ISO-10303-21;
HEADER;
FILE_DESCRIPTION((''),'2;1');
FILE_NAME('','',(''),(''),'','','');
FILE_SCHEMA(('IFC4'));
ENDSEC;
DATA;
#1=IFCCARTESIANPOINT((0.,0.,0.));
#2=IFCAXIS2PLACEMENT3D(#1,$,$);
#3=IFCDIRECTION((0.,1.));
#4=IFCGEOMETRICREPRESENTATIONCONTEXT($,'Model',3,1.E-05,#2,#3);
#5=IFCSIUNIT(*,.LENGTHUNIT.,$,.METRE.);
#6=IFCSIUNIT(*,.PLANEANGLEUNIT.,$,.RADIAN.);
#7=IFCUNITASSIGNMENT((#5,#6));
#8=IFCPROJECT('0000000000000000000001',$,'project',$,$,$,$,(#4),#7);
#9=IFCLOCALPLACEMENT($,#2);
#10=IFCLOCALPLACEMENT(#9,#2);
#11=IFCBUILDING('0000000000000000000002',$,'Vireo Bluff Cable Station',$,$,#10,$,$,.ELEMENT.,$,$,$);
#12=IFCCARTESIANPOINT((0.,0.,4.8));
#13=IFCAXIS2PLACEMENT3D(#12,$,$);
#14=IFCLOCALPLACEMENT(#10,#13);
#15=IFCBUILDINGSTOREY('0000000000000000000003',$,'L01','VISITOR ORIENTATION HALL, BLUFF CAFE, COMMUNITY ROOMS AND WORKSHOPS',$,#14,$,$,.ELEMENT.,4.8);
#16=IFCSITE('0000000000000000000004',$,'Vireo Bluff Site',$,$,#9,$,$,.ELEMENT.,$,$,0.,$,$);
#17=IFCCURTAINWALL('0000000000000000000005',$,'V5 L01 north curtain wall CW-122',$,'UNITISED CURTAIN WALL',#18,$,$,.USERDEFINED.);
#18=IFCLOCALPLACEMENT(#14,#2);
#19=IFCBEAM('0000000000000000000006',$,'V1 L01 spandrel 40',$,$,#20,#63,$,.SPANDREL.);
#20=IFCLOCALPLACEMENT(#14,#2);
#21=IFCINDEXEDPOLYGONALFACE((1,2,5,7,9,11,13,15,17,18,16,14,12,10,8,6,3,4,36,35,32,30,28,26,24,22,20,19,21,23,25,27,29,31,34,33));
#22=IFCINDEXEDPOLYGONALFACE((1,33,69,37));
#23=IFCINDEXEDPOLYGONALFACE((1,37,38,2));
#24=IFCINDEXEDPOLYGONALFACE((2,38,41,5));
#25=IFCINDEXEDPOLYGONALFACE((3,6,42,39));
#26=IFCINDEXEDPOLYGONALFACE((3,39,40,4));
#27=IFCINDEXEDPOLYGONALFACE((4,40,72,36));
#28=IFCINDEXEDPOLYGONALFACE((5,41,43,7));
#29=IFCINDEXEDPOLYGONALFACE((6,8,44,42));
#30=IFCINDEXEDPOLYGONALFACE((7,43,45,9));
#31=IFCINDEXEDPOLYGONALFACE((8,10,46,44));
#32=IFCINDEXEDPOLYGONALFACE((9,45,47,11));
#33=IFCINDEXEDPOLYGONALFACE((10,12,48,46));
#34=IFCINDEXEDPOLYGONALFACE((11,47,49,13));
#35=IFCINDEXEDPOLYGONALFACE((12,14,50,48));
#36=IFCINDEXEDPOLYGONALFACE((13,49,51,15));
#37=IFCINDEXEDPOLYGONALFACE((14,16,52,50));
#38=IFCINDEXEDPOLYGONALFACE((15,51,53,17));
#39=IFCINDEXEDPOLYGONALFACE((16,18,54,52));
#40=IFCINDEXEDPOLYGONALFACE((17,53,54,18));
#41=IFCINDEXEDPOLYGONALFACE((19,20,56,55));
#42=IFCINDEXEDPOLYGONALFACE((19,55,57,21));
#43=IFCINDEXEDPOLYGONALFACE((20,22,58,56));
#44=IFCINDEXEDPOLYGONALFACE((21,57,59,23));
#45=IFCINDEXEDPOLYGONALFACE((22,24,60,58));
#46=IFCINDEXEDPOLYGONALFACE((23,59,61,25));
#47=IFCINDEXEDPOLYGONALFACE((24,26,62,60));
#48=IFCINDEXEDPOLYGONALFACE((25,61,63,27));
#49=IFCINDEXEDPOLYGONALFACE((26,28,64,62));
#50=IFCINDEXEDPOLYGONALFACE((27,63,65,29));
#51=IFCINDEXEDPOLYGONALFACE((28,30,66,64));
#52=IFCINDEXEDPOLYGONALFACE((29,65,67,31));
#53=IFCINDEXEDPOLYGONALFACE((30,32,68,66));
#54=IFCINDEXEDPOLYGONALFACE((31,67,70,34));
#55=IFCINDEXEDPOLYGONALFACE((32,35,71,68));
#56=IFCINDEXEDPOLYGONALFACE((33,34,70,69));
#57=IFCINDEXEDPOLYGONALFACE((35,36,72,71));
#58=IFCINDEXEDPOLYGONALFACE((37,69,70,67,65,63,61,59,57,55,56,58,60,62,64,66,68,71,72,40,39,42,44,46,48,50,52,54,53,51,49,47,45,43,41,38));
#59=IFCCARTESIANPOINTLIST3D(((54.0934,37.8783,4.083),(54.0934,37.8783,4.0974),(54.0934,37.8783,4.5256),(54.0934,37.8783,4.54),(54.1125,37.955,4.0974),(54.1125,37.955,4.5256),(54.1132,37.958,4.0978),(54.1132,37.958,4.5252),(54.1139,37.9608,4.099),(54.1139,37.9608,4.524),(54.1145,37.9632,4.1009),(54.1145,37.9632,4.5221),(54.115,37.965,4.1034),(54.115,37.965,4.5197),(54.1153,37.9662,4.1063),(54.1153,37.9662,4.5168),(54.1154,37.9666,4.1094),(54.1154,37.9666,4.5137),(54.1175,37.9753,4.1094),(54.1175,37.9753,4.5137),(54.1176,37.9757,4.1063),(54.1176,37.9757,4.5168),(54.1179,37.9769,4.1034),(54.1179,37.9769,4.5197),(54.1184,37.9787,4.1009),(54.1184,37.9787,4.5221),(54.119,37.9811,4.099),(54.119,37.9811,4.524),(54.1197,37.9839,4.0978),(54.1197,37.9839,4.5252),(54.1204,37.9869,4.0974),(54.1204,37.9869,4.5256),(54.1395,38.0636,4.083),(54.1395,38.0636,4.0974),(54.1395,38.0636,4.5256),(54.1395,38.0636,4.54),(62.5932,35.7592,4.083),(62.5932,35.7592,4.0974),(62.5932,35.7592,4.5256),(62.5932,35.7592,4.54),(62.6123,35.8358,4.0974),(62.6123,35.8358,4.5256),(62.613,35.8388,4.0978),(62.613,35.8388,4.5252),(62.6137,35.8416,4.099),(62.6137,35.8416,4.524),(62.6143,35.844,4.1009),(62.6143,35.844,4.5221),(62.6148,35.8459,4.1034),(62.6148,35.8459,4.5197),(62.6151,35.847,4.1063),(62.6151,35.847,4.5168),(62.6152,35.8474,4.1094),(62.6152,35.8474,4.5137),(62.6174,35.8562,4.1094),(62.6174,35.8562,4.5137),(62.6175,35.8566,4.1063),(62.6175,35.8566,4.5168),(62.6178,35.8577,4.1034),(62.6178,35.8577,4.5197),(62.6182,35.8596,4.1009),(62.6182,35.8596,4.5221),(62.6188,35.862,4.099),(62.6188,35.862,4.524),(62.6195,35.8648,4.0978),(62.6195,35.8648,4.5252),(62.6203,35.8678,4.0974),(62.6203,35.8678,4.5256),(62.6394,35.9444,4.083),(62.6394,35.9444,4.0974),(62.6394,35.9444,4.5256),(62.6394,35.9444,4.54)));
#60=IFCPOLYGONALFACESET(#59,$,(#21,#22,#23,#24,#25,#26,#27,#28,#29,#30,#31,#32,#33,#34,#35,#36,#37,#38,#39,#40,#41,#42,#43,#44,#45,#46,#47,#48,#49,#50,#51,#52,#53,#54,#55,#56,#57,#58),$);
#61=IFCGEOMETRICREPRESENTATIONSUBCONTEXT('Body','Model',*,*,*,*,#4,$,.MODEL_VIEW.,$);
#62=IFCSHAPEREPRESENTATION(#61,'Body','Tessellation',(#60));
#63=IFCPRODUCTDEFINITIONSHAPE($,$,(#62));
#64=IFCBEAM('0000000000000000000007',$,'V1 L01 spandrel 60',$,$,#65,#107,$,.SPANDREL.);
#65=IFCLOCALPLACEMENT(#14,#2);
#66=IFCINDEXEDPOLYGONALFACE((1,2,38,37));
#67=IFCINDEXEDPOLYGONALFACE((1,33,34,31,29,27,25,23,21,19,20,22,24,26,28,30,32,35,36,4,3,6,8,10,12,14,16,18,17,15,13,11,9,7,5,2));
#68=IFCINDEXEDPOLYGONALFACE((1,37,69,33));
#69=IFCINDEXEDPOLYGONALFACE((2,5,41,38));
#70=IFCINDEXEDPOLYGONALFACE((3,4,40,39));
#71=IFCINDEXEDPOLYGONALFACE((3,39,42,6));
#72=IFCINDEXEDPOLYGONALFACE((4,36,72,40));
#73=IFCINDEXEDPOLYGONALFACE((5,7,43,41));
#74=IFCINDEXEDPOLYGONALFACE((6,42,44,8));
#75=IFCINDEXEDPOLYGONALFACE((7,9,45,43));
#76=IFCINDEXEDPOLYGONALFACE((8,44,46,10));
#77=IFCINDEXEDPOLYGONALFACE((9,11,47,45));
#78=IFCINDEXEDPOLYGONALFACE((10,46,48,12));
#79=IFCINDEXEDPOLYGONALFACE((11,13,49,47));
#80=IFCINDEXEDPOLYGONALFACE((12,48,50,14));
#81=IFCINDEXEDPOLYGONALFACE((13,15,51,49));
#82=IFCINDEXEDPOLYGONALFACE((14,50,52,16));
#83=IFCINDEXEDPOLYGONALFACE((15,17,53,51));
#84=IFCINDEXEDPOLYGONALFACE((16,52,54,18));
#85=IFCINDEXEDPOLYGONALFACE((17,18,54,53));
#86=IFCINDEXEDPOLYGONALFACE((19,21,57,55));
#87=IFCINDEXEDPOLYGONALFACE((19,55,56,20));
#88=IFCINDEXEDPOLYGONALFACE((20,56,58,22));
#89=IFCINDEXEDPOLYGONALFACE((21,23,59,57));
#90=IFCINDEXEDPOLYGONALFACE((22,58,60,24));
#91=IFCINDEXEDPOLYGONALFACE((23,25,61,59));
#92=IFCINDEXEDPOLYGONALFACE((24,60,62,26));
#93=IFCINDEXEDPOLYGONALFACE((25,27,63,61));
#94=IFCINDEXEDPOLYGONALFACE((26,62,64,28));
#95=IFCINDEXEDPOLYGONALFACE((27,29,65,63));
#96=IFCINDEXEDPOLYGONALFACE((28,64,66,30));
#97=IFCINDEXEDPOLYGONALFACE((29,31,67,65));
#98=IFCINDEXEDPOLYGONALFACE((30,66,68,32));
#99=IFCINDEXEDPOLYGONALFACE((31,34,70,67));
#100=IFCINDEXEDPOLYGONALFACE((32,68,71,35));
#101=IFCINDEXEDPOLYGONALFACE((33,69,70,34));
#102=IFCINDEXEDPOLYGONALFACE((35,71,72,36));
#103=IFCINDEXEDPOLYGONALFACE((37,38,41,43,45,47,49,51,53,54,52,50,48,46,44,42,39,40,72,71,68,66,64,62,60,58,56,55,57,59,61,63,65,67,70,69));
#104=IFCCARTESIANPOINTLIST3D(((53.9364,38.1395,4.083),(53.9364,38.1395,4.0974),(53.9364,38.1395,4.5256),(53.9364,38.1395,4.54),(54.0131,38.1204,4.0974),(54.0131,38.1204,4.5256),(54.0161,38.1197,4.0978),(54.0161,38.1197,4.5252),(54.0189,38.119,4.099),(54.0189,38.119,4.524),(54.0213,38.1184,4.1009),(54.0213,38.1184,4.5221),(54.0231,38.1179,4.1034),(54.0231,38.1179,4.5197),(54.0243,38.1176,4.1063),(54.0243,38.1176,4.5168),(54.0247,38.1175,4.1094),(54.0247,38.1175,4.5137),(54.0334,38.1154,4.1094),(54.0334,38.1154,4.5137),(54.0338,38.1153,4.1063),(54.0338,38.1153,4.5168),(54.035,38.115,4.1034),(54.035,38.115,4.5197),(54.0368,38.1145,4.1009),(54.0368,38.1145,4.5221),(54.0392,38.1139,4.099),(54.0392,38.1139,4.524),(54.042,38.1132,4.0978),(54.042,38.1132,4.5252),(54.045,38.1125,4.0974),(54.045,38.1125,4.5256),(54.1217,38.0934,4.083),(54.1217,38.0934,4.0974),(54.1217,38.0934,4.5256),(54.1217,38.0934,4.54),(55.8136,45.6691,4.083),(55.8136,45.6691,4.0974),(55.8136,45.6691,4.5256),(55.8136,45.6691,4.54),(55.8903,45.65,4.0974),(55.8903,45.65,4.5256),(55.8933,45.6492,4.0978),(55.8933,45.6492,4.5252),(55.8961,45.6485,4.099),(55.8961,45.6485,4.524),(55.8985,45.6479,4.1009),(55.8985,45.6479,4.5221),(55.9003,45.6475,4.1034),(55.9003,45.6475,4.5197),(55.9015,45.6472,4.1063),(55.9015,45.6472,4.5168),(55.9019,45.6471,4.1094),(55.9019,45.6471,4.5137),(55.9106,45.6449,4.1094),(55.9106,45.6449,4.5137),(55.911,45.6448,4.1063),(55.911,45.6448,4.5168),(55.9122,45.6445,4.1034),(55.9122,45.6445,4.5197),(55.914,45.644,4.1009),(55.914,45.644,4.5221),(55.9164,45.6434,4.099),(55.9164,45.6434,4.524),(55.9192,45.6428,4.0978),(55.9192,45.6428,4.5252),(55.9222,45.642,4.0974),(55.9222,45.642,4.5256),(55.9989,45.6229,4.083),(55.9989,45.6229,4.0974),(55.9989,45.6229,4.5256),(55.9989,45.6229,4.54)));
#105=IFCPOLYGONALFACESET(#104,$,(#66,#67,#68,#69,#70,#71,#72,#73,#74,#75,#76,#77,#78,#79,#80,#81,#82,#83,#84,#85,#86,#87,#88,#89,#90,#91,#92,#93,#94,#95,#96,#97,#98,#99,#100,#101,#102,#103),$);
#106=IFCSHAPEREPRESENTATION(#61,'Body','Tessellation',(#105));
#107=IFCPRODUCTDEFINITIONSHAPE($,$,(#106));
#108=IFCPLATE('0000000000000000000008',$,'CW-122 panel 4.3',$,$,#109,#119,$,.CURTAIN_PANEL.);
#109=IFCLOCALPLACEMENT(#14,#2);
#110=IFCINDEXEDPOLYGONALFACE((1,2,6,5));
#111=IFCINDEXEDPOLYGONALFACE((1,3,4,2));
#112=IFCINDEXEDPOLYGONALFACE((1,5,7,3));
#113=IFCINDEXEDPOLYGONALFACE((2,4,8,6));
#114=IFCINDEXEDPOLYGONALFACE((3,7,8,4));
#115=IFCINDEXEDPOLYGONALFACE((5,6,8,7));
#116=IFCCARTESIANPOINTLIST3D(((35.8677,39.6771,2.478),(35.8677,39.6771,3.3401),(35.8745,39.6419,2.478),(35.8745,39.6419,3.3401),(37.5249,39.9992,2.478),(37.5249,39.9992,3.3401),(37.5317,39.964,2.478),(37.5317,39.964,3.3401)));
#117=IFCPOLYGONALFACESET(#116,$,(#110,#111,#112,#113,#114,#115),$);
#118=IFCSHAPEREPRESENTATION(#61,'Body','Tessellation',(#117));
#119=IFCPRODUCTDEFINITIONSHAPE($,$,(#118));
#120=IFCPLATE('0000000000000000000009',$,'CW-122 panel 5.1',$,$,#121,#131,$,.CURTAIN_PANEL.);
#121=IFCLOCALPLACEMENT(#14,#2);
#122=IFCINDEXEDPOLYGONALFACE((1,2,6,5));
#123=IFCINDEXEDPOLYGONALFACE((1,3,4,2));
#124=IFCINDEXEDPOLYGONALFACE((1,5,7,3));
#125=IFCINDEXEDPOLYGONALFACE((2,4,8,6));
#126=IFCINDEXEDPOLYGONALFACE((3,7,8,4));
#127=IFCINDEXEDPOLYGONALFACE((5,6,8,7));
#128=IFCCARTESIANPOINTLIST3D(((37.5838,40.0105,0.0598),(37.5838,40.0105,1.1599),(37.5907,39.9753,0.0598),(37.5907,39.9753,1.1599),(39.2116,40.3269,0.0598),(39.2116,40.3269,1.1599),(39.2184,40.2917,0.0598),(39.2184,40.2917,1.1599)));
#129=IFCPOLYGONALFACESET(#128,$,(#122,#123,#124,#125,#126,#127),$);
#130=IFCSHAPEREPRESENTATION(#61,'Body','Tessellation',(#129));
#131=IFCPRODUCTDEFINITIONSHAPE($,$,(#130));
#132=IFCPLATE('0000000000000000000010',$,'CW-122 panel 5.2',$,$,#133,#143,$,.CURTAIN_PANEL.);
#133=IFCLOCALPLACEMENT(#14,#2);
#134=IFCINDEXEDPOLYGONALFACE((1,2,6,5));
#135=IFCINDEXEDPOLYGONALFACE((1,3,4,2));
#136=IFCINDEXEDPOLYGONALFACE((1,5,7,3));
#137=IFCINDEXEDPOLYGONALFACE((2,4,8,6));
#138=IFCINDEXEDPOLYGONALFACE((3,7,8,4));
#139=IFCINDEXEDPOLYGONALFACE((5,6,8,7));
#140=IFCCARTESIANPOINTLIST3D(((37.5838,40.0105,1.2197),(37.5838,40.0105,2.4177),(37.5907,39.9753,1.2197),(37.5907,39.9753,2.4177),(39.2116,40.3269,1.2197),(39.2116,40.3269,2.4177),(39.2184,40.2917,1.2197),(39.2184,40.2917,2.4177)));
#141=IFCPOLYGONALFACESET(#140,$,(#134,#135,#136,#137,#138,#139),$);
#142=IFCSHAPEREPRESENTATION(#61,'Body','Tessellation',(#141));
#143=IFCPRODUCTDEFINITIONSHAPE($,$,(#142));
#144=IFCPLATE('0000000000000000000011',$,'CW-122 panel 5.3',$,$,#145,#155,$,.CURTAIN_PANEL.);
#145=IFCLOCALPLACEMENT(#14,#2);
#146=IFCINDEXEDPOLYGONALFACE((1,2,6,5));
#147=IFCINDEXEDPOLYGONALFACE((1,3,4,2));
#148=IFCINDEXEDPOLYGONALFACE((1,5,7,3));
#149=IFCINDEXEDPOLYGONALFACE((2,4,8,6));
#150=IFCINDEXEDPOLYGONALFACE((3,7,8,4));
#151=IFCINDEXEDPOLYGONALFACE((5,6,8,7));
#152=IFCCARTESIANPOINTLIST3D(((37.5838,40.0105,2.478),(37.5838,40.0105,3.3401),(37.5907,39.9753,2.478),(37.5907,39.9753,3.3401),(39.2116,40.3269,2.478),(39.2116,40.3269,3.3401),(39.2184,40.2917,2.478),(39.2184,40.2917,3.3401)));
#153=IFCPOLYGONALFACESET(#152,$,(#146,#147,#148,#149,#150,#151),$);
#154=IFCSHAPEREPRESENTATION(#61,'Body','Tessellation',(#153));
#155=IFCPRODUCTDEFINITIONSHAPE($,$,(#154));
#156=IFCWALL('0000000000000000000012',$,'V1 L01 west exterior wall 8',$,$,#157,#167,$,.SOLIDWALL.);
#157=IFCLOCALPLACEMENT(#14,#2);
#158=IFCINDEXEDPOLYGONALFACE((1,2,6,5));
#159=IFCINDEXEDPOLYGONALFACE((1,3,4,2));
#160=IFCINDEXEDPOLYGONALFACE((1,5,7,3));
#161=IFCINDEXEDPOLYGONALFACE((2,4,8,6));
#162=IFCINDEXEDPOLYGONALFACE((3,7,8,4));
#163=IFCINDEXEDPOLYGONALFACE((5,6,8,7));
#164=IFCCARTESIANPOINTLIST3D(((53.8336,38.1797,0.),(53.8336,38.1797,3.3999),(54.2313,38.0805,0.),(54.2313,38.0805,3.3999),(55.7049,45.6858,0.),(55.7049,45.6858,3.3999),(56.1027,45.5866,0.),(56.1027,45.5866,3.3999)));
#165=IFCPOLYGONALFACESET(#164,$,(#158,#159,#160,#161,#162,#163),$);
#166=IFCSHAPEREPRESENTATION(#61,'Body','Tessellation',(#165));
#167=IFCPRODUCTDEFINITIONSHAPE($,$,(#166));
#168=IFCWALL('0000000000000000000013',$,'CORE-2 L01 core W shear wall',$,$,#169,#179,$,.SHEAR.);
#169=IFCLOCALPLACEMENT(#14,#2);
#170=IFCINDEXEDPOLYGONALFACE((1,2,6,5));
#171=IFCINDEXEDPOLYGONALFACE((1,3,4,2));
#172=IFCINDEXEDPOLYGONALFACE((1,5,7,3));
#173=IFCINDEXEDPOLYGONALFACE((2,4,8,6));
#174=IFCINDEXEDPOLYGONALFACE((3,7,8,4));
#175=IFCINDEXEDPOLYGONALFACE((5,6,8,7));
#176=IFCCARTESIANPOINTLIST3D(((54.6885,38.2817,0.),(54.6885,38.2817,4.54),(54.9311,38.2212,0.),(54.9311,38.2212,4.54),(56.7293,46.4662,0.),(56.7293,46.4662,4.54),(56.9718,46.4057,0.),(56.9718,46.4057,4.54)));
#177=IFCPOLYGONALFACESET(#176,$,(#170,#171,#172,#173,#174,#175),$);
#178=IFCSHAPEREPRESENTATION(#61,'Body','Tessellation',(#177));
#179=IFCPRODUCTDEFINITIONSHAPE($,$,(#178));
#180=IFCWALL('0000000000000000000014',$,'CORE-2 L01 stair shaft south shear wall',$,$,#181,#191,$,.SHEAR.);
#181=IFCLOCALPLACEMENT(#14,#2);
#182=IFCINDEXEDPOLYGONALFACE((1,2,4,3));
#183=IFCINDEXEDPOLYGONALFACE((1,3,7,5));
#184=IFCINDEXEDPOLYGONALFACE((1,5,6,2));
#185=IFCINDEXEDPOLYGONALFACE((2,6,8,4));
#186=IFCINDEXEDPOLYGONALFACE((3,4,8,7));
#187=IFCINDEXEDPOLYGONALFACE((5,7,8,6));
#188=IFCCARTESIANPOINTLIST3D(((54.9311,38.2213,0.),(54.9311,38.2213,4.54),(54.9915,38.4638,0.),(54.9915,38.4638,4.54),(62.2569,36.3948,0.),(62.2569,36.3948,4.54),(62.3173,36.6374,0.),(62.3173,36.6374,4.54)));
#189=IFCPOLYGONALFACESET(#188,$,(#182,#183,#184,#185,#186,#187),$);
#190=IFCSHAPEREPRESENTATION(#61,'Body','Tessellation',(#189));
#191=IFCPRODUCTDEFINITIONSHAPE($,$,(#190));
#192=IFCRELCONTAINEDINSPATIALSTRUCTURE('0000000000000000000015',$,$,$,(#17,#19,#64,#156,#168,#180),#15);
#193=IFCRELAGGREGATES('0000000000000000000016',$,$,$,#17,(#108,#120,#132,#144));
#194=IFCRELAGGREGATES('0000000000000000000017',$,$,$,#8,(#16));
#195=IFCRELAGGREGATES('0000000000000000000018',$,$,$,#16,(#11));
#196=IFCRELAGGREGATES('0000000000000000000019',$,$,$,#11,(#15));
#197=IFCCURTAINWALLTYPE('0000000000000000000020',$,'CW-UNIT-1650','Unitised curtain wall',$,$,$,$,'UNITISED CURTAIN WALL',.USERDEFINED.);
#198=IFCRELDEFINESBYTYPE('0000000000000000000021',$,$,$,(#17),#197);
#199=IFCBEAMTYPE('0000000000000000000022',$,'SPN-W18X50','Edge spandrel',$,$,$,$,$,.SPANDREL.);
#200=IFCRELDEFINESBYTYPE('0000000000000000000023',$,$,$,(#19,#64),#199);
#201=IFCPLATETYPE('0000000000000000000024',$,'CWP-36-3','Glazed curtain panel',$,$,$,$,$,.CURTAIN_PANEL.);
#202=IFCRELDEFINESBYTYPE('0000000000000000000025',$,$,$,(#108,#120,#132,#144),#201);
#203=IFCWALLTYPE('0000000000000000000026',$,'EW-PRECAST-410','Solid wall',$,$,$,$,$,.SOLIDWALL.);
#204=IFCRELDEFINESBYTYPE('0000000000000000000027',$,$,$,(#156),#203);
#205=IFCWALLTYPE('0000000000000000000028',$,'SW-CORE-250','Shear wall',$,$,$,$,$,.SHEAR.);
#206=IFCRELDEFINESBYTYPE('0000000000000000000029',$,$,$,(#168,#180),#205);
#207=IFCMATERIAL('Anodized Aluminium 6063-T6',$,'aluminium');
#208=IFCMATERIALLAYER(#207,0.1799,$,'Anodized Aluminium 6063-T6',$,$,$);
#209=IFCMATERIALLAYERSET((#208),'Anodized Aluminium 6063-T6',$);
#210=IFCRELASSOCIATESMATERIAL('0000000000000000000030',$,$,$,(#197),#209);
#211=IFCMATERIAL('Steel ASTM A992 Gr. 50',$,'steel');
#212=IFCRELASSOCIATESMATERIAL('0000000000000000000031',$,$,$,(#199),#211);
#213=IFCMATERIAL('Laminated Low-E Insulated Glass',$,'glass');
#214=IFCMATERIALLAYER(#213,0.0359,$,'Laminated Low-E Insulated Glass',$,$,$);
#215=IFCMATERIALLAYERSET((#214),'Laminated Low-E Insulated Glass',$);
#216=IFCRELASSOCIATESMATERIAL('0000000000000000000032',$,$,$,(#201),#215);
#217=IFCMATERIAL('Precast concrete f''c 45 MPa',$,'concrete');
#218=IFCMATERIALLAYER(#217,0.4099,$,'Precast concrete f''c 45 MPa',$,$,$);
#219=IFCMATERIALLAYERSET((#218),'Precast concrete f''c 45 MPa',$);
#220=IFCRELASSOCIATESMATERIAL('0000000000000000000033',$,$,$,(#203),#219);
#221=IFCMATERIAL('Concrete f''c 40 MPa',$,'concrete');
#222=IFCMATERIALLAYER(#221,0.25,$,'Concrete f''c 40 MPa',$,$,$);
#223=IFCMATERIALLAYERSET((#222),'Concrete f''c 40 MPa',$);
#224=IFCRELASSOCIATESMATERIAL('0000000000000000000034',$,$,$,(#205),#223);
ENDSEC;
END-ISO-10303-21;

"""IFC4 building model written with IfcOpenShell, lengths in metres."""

from ifc_helpers import new_model, si_unit, direction, frame, frame_2d, origin, origin_2d, place, context, subcontext, project, spatial, rectangle, i_section, extrude, material, layer, layer_set, material_profile, profile_set, type_object, element, aggregate, save


model = new_model("IFC4")

# Units and contexts
model_context = context("Model", 3, precision=1e-05, world=origin(), true_north=direction((0.0, 1.0)))
body_context = subcontext(model_context, "Body", "Model", "MODEL_VIEW")
ifc_project = project(units=[si_unit("LENGTHUNIT", "METRE"), si_unit("PLANEANGLEUNIT", "RADIAN")], contexts=[model_context])

# Site, building, storey
site_placement = place(None, origin())
site = spatial("IfcSite", under=ifc_project, at=site_placement, Name="Vireo Bluff Site", CompositionType="ELEMENT", RefElevation=0.0)
building_placement = place(site_placement, origin())
building = spatial("IfcBuilding", under=site, at=building_placement, Name="Vireo Bluff Cable Station", CompositionType="ELEMENT")
storey_placement = place(building_placement, frame((0.0, 0.0, 4.8)))
storey = spatial("IfcBuildingStorey", under=building, at=storey_placement, Name="L01", Description="VISITOR ORIENTATION HALL, BLUFF CAFE, COMMUNITY ROOMS AND WORKSHOPS", CompositionType="ELEMENT", Elevation=4.8)

# Shared definitions
ifc_material_1 = material(Name="Steel ASTM A992 Gr. 50", Category="steel")

# Curtain wall
ifc_material_2 = material(Name="Anodized Aluminium 6063-T6", Category="aluminium")
ifc_layer_1 = layer(ifc_material_2, 0.1799, Name="Anodized Aluminium 6063-T6")
ifc_layer_set_1 = layer_set([ifc_layer_1], Name="Anodized Aluminium 6063-T6")
curtain_wall_type = type_object("IfcCurtainWallType", Name="CW-UNIT-1650", Description="Unitised curtain wall", ElementType="UNITISED CURTAIN WALL", PredefinedType="USERDEFINED", material=ifc_layer_set_1)
curtain_wall_placement = place(storey_placement, origin())
curtain_wall = element("IfcCurtainWall", 1, at=curtain_wall_placement, inside=storey, type_object=curtain_wall_type, Name="V5 L01 north curtain wall CW-122", ObjectType="UNITISED CURTAIN WALL", PredefinedType="USERDEFINED")

# Beams
ifc_material_profile_1 = material_profile(ifc_material_1, i_section(OverallWidth=0.1909, OverallDepth=0.457, WebThickness=0.009, FlangeThickness=0.0144, FilletRadius=0.012, at=origin_2d()), Name="W18X50")
ifc_profile_set_1 = profile_set([ifc_material_profile_1], Name="Steel ASTM A992 Gr. 50")
beam_type = type_object("IfcBeamType", Name="SPN-W18X50", Description="Edge spandrel", PredefinedType="SPANDREL", material=ifc_profile_set_1)
beam_1_placement = place(storey_placement, frame((54.1165, 37.9709, 4.3115), z_axis=(0.970298, -0.241913, 0.0), x_axis=(0.241913, 0.970298, 0.0)))
element("IfcBeam", 2, at=beam_1_placement, inside=storey, type_object=beam_type, Name="V1 L01 spandrel 40", PredefinedType="SPANDREL", context=body_context, shape_type="SweptSolid", body=[
    extrude(i_section(OverallWidth=0.1909, OverallDepth=0.457, WebThickness=0.009, FlangeThickness=0.0144, FilletRadius=0.012, at=origin_2d()), origin(), (0.0, 0.0, 1.0), 8.76),
])
beam_2_placement = place(storey_placement, frame((54.0291, 38.1165, 4.3115), z_axis=(0.241906, 0.9703, 0.0), x_axis=(-0.9703, 0.241906, 0.0)))
element("IfcBeam", 3, at=beam_2_placement, inside=storey, type_object=beam_type, Name="V1 L01 spandrel 60", PredefinedType="SPANDREL", context=body_context, shape_type="SweptSolid", body=[
    extrude(i_section(OverallWidth=0.1909, OverallDepth=0.457, WebThickness=0.009, FlangeThickness=0.0144, FilletRadius=0.012, at=origin_2d()), origin(), (0.0, 0.0, 1.0), 7.76),
])

# Plates
ifc_material_3 = material(Name="Laminated Low-E Insulated Glass", Category="glass")
ifc_layer_2 = layer(ifc_material_3, 0.0359, Name="Laminated Low-E Insulated Glass")
ifc_layer_set_2 = layer_set([ifc_layer_2], Name="Laminated Low-E Insulated Glass")
plate_type = type_object("IfcPlateType", Name="CWP-36-3", Description="Glazed curtain panel", PredefinedType="CURTAIN_PANEL", material=ifc_layer_set_2)
plate_1_placement = place(storey_placement, frame((36.6997, 39.8206, 2.478), z_axis=(0.0, 0.0, 1.0), x_axis=(0.981627, 0.190809, 0.0)))
plate_1 = element("IfcPlate", 4, at=plate_1_placement, type_object=plate_type, Name="CW-122 panel 4.3", PredefinedType="CURTAIN_PANEL", context=body_context, shape_type="SweptSolid", body=[
    extrude(rectangle(XDim=1.6882, YDim=0.0359, at=origin_2d()), origin(), (0.0, 0.0, 1.0), 0.8621),
])
plate_2_placement = place(storey_placement, frame((38.4011, 40.1511, 0.0598), z_axis=(0.0, 0.0, 1.0), x_axis=(0.981627, 0.190809, 0.0)))
plate_2 = element("IfcPlate", 5, at=plate_2_placement, type_object=plate_type, Name="CW-122 panel 5.1", PredefinedType="CURTAIN_PANEL", context=body_context, shape_type="SweptSolid", body=[
    extrude(rectangle(XDim=1.6582, YDim=0.0359, at=origin_2d()), origin(), (0.0, 0.0, 1.0), 1.1001),
])
plate_3_placement = place(storey_placement, frame((38.4011, 40.1511, 1.2197), z_axis=(0.0, 0.0, 1.0), x_axis=(0.981627, 0.190809, 0.0)))
plate_3 = element("IfcPlate", 6, at=plate_3_placement, type_object=plate_type, Name="CW-122 panel 5.2", PredefinedType="CURTAIN_PANEL", context=body_context, shape_type="SweptSolid", body=[
    extrude(rectangle(XDim=1.6582, YDim=0.0359, at=origin_2d()), origin(), (0.0, 0.0, 1.0), 1.198),
])
plate_4_placement = place(storey_placement, frame((38.4011, 40.1511, 2.478), z_axis=(0.0, 0.0, 1.0), x_axis=(0.981627, 0.190809, 0.0)))
plate_4 = element("IfcPlate", 7, at=plate_4_placement, type_object=plate_type, Name="CW-122 panel 5.3", PredefinedType="CURTAIN_PANEL", context=body_context, shape_type="SweptSolid", body=[
    extrude(rectangle(XDim=1.6582, YDim=0.0359, at=origin_2d()), origin(), (0.0, 0.0, 1.0), 0.8621),
])
aggregate(curtain_wall, [plate_1, plate_2, plate_3, plate_4])

# Shared definitions
ifc_material_4 = material(Name="Precast concrete f'c 45 MPa", Category="concrete")

# Walls
ifc_layer_3 = layer(ifc_material_4, 0.4099, Name="Precast concrete f'c 45 MPa")
ifc_layer_set_3 = layer_set([ifc_layer_3], Name="Precast concrete f'c 45 MPa")
wall_type_1 = type_object("IfcWallType", Name="EW-PRECAST-410", Description="Solid wall", PredefinedType="SOLIDWALL", material=ifc_layer_set_3)
wall_1_placement = place(storey_placement, frame((54.0325, 38.1301, 0.0), z_axis=(0.0, 0.0, 1.0), x_axis=(0.241904, 0.9703, 0.0)))
element("IfcWall", 8, at=wall_1_placement, inside=storey, type_object=wall_type_1, Name="V1 L01 west exterior wall 8", PredefinedType="SOLIDWALL", context=body_context, shape_type="SweptSolid", body=[
    extrude(rectangle(XDim=7.7358, YDim=0.4099, at=frame_2d((3.8679, 0.0))), origin(), (0.0, 0.0, 1.0), 3.3999),
])
ifc_material_5 = material(Name="Concrete f'c 40 MPa", Category="concrete")
ifc_layer_4 = layer(ifc_material_5, 0.25, Name="Concrete f'c 40 MPa")
ifc_layer_set_4 = layer_set([ifc_layer_4], Name="Concrete f'c 40 MPa")
wall_type_2 = type_object("IfcWallType", Name="SW-CORE-250", Description="Shear wall", PredefinedType="SHEAR", material=ifc_layer_set_4)
wall_2_placement = place(storey_placement, frame((54.8098, 38.2515, 0.0), z_axis=(0.0, 0.0, 1.0), x_axis=(0.241936, 0.970292, 0.0)))
element("IfcWall", 9, at=wall_2_placement, inside=storey, type_object=wall_type_2, Name="CORE-2 L01 core W shear wall", PredefinedType="SHEAR", context=body_context, shape_type="SweptSolid", body=[
    extrude(rectangle(XDim=8.4351, YDim=0.25, at=frame_2d((4.2175, 0.0))), origin(), (0.0, 0.0, 1.0), 4.54),
])
wall_3_placement = place(storey_placement, frame((54.9614, 38.3425, 0.0), z_axis=(0.0, 0.0, 1.0), x_axis=(0.970298, -0.241912, 0.0)))
element("IfcWall", 10, at=wall_3_placement, inside=storey, type_object=wall_type_2, Name="CORE-2 L01 stair shaft south shear wall", PredefinedType="SHEAR", context=body_context, shape_type="SweptSolid", body=[
    extrude(rectangle(XDim=7.55, YDim=0.25, at=frame_2d((3.7749, 0.0))), origin(), (0.0, 0.0, 1.0), 4.54),
])

save(model, "model.ifc")
